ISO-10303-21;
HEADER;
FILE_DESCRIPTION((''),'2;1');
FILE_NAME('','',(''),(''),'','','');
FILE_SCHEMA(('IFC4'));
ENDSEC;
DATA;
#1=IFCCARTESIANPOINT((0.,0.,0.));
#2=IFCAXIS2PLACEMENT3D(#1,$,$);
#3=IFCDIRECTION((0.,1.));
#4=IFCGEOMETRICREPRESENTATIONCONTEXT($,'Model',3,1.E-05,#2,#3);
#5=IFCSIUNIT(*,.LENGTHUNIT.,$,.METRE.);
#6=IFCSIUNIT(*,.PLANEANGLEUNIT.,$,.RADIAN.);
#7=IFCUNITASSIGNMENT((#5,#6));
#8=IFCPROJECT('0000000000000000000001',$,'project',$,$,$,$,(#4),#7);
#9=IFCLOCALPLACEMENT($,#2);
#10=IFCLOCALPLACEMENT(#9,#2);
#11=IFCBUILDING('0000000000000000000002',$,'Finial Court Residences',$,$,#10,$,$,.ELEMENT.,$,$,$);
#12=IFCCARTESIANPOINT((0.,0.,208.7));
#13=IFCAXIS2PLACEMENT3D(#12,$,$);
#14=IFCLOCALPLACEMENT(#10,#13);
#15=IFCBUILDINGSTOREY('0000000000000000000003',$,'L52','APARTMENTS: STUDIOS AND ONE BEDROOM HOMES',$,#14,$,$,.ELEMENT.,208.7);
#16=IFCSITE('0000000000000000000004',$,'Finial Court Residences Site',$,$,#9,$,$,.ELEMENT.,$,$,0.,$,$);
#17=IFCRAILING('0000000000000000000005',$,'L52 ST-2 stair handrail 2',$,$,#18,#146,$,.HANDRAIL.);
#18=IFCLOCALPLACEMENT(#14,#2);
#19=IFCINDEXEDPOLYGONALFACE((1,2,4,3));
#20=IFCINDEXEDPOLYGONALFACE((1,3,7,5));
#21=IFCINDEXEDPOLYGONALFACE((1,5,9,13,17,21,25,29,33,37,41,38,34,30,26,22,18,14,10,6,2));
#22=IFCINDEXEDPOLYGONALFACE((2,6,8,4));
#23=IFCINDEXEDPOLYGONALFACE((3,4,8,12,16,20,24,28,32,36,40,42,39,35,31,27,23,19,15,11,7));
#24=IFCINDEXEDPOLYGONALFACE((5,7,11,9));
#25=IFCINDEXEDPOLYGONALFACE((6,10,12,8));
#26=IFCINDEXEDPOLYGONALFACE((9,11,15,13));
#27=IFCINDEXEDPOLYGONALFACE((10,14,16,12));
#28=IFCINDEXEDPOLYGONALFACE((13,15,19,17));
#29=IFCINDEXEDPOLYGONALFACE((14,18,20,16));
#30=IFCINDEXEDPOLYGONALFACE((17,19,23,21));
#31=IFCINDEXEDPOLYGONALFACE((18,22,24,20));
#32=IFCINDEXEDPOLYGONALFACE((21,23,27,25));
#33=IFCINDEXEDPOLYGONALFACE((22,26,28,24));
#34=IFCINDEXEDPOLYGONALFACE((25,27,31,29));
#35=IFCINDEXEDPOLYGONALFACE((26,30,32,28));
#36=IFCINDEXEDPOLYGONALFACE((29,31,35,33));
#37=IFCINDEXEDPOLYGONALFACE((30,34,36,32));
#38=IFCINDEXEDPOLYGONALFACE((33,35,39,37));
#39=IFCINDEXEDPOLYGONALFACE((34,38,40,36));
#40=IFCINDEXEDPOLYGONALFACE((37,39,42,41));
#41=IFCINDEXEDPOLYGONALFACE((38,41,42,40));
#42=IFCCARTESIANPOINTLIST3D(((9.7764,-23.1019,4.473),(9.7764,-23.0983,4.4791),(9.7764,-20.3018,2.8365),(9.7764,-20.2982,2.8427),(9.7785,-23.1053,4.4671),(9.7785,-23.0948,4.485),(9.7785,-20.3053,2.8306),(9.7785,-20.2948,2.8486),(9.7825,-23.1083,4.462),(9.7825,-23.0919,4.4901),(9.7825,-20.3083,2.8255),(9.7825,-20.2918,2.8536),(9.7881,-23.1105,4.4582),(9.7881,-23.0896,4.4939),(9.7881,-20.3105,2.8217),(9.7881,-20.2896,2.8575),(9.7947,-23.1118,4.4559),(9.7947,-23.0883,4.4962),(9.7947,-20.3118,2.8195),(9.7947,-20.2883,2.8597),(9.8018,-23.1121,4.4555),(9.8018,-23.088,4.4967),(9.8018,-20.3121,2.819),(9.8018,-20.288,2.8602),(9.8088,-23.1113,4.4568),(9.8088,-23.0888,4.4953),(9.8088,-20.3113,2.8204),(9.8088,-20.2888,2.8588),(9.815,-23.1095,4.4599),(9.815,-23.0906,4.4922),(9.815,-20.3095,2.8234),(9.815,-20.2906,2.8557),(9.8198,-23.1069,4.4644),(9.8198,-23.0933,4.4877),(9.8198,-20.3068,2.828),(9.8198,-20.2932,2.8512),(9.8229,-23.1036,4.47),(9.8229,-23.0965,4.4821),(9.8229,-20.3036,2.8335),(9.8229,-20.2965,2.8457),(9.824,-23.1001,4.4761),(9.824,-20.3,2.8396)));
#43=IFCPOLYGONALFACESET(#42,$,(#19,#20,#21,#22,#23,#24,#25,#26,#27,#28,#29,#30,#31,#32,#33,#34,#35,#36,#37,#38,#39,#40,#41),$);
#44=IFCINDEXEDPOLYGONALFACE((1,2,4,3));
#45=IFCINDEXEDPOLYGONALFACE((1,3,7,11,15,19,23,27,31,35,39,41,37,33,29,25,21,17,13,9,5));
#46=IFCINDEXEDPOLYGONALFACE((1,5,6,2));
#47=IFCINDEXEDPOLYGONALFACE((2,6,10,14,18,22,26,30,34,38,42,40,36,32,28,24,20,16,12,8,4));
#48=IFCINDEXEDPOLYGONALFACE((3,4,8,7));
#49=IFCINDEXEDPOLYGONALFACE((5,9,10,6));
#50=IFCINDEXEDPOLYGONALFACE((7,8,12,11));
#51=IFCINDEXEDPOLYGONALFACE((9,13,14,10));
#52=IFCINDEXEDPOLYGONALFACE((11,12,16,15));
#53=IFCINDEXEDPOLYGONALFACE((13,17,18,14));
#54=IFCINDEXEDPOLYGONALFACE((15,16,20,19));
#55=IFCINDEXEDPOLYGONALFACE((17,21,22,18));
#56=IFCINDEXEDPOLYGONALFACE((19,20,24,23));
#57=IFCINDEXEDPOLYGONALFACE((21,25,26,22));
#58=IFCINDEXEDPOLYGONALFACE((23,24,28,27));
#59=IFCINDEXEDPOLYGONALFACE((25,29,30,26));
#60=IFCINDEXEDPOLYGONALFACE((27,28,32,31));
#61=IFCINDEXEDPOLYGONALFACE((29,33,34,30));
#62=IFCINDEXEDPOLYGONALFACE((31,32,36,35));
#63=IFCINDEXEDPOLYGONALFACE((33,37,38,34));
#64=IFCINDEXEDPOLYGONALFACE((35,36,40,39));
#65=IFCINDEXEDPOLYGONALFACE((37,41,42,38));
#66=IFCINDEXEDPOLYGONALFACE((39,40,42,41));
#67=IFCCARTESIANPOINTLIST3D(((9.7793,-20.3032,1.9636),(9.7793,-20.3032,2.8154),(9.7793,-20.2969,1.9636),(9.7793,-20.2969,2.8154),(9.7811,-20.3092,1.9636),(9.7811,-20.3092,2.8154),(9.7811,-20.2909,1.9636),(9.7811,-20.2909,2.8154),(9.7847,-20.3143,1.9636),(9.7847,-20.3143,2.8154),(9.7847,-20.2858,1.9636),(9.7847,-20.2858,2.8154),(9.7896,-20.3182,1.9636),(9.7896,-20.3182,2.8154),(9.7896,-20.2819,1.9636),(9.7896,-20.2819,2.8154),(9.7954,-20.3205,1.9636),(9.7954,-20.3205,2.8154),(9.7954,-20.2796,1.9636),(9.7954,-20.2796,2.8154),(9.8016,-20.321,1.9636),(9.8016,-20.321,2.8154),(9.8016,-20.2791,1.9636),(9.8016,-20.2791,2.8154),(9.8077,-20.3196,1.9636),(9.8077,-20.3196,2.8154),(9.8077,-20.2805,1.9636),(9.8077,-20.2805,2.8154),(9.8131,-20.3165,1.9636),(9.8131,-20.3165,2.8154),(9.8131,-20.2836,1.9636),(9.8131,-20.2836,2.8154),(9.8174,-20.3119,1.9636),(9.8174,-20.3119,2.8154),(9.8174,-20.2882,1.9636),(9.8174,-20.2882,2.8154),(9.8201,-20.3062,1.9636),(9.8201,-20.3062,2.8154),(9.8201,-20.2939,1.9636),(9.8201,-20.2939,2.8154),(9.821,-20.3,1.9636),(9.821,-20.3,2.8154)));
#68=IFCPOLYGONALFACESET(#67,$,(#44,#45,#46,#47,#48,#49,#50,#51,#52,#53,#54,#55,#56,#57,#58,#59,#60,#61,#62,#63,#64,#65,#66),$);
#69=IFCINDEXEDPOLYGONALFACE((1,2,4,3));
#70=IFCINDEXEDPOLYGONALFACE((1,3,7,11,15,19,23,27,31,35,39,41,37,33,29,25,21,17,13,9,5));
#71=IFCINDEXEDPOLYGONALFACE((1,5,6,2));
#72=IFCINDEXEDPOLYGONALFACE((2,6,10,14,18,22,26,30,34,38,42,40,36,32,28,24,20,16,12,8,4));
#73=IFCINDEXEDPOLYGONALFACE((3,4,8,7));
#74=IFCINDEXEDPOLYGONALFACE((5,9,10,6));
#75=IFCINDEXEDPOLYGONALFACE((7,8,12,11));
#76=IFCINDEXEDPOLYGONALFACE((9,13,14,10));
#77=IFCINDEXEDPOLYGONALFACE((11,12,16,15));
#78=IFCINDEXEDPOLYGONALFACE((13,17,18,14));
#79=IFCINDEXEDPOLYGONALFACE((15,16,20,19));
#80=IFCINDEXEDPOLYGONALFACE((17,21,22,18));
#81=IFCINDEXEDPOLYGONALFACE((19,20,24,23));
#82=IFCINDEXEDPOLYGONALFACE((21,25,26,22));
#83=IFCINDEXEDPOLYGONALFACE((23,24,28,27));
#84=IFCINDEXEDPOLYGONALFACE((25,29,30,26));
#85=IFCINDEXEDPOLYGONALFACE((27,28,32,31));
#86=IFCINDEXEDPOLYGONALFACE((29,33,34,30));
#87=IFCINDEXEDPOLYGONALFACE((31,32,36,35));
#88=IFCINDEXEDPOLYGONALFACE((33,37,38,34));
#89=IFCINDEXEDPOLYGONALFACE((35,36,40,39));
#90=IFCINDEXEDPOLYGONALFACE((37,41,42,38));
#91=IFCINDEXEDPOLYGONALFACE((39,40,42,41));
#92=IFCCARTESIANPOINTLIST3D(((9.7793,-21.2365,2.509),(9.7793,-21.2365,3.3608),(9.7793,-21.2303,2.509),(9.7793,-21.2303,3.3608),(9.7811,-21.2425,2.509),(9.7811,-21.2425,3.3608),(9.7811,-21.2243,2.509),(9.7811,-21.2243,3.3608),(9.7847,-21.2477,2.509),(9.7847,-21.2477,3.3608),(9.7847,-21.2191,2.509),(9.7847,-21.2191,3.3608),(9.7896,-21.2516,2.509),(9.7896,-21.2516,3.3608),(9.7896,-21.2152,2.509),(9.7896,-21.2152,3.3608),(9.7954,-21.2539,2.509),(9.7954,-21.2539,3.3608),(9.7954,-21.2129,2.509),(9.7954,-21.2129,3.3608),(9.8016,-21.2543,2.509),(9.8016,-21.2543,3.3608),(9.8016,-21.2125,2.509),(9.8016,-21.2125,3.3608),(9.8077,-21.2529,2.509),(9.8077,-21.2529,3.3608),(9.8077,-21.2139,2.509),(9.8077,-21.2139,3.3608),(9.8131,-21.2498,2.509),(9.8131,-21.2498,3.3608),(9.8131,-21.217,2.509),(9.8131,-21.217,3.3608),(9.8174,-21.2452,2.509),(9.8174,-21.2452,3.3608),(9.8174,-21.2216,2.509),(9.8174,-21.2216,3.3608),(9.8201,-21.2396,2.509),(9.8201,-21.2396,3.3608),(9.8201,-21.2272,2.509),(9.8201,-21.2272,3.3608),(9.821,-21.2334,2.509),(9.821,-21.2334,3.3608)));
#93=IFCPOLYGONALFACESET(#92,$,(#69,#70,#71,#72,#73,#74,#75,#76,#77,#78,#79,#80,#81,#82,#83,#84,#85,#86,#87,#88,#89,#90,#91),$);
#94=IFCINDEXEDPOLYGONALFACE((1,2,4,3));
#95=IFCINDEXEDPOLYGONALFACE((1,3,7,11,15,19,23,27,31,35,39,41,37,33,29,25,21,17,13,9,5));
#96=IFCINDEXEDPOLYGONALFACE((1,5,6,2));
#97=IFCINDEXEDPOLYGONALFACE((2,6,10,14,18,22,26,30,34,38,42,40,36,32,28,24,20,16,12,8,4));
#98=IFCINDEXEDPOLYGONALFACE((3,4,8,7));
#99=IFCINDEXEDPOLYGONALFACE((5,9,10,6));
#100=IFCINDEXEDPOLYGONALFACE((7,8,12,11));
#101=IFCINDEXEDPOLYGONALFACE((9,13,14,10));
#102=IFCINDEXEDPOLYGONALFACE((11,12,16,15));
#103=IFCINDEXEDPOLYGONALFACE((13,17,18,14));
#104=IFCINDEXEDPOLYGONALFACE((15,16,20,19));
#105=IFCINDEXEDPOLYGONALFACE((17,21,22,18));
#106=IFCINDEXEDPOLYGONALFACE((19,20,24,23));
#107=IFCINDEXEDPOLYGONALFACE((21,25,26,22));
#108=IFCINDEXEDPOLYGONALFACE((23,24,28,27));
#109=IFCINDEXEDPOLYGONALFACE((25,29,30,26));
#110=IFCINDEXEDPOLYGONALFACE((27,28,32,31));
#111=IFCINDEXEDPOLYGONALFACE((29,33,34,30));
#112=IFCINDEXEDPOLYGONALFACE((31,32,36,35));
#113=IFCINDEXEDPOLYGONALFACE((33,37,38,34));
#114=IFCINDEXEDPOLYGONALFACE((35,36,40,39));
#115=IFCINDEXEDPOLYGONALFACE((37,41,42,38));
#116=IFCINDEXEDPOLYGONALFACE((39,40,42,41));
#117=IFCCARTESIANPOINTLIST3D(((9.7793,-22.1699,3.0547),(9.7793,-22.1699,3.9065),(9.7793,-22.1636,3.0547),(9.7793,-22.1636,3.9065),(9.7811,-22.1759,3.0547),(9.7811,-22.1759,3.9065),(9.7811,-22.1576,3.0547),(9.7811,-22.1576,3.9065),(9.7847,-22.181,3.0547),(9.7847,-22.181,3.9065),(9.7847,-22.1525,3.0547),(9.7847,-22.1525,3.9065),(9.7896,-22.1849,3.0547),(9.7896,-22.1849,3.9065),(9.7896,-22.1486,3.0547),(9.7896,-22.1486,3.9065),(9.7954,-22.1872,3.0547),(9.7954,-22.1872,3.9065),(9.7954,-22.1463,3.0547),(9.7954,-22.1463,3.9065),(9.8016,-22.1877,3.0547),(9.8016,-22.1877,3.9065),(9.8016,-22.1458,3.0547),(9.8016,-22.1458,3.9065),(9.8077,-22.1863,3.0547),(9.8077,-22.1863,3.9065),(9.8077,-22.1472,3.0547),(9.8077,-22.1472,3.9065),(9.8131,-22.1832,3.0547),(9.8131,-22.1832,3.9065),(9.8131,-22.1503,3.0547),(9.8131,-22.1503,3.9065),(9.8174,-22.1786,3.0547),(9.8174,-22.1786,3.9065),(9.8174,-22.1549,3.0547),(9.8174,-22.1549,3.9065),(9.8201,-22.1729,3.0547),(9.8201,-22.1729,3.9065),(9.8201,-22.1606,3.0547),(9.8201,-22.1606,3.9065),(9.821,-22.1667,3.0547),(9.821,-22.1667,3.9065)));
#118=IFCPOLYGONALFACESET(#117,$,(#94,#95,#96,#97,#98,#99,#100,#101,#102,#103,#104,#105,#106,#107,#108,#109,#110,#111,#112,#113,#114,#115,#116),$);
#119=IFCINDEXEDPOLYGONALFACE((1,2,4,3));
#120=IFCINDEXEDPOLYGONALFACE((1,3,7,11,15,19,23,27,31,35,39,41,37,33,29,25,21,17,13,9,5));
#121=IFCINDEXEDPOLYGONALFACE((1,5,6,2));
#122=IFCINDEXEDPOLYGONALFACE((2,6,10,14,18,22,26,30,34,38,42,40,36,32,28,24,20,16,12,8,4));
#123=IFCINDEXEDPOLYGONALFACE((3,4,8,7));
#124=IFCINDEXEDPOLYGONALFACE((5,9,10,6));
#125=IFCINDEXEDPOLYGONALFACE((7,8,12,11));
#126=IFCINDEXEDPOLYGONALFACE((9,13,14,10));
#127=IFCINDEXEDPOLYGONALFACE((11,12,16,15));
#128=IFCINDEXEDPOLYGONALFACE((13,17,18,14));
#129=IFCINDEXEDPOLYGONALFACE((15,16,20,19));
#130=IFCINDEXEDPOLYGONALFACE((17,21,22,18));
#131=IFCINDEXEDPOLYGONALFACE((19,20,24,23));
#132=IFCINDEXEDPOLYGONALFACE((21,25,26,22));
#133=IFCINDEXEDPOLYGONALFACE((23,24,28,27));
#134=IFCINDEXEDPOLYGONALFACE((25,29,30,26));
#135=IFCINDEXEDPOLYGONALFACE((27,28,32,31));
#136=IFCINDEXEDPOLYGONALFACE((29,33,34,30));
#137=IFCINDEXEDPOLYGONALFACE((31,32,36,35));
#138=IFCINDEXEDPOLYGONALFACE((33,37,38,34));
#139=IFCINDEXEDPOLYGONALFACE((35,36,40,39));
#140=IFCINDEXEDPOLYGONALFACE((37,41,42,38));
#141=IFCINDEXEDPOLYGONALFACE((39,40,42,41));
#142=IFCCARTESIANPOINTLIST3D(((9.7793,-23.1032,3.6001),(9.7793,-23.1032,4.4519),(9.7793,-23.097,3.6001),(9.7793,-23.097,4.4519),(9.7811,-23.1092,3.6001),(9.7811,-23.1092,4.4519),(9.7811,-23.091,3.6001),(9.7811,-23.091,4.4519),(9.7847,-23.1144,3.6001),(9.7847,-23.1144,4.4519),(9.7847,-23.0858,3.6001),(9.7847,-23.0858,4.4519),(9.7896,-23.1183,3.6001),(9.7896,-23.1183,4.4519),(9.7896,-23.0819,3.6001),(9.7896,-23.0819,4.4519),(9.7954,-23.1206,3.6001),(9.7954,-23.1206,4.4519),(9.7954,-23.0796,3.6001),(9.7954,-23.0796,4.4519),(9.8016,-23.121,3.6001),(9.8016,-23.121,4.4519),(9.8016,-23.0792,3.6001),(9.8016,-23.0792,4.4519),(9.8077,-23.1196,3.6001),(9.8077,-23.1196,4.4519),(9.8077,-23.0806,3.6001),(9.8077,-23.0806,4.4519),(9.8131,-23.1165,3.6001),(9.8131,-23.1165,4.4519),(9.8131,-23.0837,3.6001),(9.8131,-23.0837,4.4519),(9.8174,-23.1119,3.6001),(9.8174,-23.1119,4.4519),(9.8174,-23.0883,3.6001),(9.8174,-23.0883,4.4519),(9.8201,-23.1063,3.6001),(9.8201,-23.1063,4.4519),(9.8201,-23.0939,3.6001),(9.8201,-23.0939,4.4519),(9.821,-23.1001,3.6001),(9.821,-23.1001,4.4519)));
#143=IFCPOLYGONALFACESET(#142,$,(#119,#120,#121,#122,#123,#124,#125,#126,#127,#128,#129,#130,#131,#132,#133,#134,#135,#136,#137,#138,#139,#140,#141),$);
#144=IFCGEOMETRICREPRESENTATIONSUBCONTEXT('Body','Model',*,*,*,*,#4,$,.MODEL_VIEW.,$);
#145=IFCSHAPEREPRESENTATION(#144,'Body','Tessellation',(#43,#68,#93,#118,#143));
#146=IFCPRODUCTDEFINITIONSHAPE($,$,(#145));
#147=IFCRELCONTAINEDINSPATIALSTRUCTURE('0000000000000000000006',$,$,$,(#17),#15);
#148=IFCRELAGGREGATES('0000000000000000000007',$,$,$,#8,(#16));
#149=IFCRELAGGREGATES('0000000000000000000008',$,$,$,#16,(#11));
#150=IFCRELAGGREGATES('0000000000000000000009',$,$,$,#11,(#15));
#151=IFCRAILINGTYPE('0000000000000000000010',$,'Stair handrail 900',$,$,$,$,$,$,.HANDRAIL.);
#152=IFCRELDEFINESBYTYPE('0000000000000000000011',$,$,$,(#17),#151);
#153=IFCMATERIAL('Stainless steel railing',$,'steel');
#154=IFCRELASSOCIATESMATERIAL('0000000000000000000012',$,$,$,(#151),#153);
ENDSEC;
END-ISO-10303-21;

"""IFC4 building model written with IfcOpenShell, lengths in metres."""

from ifc_helpers import new_model, si_unit, direction, frame, origin, origin_2d, place, context, subcontext, project, spatial, circle, extrude, material, type_object, element, save


model = new_model("IFC4")

# Units and contexts
model_context = context("Model", 3, precision=1e-05, world=origin(), true_north=direction((0.0, 1.0)))
body_context = subcontext(model_context, "Body", "Model", "MODEL_VIEW")
ifc_project = project(units=[si_unit("LENGTHUNIT", "METRE"), si_unit("PLANEANGLEUNIT", "RADIAN")], contexts=[model_context])

# Site, building, storey
site_placement = place(None, origin())
site = spatial("IfcSite", under=ifc_project, at=site_placement, Name="Finial Court Residences Site", CompositionType="ELEMENT", RefElevation=0.0)
building_placement = place(site_placement, origin())
building = spatial("IfcBuilding", under=site, at=building_placement, Name="Finial Court Residences", CompositionType="ELEMENT")
storey_placement = place(building_placement, frame((0.0, 0.0, 208.7)))
storey = spatial("IfcBuildingStorey", under=building, at=storey_placement, Name="L52", Description="APARTMENTS: STUDIOS AND ONE BEDROOM HOMES", CompositionType="ELEMENT", Elevation=208.7)

# Railing
ifc_material_1 = material(Name="Stainless steel railing", Category="steel")
railing_type_1 = type_object("IfcRailingType", Name="Stair handrail 900", PredefinedType="HANDRAIL", material=ifc_material_1)
railing_1_placement = place(storey_placement, frame((9.8, -20.3, 1.9636)))
element("IfcRailing", 1, at=railing_1_placement, inside=storey, type_object=railing_type_1, Name="L52 ST-2 stair handrail 2", PredefinedType="HANDRAIL", context=body_context, shape_type="SweptSolid", body=[
    extrude(circle(Radius=0.0239, at=origin_2d()), frame((0.0, 0.0, 0.876), z_axis=(0.0, -0.863361, 0.504587), x_axis=(1.0, 0.0, 0.0)), (0.0, 0.0, 1.0), 3.2432),
    extrude(circle(Radius=0.021, at=origin_2d()), origin(), (0.0, 0.0, 1.0), 0.8518),
    extrude(circle(Radius=0.021, at=origin_2d()), frame((0.0, -0.9333, 0.5454)), (0.0, 0.0, 1.0), 0.8518),
    extrude(circle(Radius=0.021, at=origin_2d()), frame((0.0, -1.8667, 1.0911)), (0.0, 0.0, 1.0), 0.8518),
    extrude(circle(Radius=0.021, at=origin_2d()), frame((0.0, -2.8, 1.6365)), (0.0, 0.0, 1.0), 0.8518),
])

save(model, "model.ifc")
